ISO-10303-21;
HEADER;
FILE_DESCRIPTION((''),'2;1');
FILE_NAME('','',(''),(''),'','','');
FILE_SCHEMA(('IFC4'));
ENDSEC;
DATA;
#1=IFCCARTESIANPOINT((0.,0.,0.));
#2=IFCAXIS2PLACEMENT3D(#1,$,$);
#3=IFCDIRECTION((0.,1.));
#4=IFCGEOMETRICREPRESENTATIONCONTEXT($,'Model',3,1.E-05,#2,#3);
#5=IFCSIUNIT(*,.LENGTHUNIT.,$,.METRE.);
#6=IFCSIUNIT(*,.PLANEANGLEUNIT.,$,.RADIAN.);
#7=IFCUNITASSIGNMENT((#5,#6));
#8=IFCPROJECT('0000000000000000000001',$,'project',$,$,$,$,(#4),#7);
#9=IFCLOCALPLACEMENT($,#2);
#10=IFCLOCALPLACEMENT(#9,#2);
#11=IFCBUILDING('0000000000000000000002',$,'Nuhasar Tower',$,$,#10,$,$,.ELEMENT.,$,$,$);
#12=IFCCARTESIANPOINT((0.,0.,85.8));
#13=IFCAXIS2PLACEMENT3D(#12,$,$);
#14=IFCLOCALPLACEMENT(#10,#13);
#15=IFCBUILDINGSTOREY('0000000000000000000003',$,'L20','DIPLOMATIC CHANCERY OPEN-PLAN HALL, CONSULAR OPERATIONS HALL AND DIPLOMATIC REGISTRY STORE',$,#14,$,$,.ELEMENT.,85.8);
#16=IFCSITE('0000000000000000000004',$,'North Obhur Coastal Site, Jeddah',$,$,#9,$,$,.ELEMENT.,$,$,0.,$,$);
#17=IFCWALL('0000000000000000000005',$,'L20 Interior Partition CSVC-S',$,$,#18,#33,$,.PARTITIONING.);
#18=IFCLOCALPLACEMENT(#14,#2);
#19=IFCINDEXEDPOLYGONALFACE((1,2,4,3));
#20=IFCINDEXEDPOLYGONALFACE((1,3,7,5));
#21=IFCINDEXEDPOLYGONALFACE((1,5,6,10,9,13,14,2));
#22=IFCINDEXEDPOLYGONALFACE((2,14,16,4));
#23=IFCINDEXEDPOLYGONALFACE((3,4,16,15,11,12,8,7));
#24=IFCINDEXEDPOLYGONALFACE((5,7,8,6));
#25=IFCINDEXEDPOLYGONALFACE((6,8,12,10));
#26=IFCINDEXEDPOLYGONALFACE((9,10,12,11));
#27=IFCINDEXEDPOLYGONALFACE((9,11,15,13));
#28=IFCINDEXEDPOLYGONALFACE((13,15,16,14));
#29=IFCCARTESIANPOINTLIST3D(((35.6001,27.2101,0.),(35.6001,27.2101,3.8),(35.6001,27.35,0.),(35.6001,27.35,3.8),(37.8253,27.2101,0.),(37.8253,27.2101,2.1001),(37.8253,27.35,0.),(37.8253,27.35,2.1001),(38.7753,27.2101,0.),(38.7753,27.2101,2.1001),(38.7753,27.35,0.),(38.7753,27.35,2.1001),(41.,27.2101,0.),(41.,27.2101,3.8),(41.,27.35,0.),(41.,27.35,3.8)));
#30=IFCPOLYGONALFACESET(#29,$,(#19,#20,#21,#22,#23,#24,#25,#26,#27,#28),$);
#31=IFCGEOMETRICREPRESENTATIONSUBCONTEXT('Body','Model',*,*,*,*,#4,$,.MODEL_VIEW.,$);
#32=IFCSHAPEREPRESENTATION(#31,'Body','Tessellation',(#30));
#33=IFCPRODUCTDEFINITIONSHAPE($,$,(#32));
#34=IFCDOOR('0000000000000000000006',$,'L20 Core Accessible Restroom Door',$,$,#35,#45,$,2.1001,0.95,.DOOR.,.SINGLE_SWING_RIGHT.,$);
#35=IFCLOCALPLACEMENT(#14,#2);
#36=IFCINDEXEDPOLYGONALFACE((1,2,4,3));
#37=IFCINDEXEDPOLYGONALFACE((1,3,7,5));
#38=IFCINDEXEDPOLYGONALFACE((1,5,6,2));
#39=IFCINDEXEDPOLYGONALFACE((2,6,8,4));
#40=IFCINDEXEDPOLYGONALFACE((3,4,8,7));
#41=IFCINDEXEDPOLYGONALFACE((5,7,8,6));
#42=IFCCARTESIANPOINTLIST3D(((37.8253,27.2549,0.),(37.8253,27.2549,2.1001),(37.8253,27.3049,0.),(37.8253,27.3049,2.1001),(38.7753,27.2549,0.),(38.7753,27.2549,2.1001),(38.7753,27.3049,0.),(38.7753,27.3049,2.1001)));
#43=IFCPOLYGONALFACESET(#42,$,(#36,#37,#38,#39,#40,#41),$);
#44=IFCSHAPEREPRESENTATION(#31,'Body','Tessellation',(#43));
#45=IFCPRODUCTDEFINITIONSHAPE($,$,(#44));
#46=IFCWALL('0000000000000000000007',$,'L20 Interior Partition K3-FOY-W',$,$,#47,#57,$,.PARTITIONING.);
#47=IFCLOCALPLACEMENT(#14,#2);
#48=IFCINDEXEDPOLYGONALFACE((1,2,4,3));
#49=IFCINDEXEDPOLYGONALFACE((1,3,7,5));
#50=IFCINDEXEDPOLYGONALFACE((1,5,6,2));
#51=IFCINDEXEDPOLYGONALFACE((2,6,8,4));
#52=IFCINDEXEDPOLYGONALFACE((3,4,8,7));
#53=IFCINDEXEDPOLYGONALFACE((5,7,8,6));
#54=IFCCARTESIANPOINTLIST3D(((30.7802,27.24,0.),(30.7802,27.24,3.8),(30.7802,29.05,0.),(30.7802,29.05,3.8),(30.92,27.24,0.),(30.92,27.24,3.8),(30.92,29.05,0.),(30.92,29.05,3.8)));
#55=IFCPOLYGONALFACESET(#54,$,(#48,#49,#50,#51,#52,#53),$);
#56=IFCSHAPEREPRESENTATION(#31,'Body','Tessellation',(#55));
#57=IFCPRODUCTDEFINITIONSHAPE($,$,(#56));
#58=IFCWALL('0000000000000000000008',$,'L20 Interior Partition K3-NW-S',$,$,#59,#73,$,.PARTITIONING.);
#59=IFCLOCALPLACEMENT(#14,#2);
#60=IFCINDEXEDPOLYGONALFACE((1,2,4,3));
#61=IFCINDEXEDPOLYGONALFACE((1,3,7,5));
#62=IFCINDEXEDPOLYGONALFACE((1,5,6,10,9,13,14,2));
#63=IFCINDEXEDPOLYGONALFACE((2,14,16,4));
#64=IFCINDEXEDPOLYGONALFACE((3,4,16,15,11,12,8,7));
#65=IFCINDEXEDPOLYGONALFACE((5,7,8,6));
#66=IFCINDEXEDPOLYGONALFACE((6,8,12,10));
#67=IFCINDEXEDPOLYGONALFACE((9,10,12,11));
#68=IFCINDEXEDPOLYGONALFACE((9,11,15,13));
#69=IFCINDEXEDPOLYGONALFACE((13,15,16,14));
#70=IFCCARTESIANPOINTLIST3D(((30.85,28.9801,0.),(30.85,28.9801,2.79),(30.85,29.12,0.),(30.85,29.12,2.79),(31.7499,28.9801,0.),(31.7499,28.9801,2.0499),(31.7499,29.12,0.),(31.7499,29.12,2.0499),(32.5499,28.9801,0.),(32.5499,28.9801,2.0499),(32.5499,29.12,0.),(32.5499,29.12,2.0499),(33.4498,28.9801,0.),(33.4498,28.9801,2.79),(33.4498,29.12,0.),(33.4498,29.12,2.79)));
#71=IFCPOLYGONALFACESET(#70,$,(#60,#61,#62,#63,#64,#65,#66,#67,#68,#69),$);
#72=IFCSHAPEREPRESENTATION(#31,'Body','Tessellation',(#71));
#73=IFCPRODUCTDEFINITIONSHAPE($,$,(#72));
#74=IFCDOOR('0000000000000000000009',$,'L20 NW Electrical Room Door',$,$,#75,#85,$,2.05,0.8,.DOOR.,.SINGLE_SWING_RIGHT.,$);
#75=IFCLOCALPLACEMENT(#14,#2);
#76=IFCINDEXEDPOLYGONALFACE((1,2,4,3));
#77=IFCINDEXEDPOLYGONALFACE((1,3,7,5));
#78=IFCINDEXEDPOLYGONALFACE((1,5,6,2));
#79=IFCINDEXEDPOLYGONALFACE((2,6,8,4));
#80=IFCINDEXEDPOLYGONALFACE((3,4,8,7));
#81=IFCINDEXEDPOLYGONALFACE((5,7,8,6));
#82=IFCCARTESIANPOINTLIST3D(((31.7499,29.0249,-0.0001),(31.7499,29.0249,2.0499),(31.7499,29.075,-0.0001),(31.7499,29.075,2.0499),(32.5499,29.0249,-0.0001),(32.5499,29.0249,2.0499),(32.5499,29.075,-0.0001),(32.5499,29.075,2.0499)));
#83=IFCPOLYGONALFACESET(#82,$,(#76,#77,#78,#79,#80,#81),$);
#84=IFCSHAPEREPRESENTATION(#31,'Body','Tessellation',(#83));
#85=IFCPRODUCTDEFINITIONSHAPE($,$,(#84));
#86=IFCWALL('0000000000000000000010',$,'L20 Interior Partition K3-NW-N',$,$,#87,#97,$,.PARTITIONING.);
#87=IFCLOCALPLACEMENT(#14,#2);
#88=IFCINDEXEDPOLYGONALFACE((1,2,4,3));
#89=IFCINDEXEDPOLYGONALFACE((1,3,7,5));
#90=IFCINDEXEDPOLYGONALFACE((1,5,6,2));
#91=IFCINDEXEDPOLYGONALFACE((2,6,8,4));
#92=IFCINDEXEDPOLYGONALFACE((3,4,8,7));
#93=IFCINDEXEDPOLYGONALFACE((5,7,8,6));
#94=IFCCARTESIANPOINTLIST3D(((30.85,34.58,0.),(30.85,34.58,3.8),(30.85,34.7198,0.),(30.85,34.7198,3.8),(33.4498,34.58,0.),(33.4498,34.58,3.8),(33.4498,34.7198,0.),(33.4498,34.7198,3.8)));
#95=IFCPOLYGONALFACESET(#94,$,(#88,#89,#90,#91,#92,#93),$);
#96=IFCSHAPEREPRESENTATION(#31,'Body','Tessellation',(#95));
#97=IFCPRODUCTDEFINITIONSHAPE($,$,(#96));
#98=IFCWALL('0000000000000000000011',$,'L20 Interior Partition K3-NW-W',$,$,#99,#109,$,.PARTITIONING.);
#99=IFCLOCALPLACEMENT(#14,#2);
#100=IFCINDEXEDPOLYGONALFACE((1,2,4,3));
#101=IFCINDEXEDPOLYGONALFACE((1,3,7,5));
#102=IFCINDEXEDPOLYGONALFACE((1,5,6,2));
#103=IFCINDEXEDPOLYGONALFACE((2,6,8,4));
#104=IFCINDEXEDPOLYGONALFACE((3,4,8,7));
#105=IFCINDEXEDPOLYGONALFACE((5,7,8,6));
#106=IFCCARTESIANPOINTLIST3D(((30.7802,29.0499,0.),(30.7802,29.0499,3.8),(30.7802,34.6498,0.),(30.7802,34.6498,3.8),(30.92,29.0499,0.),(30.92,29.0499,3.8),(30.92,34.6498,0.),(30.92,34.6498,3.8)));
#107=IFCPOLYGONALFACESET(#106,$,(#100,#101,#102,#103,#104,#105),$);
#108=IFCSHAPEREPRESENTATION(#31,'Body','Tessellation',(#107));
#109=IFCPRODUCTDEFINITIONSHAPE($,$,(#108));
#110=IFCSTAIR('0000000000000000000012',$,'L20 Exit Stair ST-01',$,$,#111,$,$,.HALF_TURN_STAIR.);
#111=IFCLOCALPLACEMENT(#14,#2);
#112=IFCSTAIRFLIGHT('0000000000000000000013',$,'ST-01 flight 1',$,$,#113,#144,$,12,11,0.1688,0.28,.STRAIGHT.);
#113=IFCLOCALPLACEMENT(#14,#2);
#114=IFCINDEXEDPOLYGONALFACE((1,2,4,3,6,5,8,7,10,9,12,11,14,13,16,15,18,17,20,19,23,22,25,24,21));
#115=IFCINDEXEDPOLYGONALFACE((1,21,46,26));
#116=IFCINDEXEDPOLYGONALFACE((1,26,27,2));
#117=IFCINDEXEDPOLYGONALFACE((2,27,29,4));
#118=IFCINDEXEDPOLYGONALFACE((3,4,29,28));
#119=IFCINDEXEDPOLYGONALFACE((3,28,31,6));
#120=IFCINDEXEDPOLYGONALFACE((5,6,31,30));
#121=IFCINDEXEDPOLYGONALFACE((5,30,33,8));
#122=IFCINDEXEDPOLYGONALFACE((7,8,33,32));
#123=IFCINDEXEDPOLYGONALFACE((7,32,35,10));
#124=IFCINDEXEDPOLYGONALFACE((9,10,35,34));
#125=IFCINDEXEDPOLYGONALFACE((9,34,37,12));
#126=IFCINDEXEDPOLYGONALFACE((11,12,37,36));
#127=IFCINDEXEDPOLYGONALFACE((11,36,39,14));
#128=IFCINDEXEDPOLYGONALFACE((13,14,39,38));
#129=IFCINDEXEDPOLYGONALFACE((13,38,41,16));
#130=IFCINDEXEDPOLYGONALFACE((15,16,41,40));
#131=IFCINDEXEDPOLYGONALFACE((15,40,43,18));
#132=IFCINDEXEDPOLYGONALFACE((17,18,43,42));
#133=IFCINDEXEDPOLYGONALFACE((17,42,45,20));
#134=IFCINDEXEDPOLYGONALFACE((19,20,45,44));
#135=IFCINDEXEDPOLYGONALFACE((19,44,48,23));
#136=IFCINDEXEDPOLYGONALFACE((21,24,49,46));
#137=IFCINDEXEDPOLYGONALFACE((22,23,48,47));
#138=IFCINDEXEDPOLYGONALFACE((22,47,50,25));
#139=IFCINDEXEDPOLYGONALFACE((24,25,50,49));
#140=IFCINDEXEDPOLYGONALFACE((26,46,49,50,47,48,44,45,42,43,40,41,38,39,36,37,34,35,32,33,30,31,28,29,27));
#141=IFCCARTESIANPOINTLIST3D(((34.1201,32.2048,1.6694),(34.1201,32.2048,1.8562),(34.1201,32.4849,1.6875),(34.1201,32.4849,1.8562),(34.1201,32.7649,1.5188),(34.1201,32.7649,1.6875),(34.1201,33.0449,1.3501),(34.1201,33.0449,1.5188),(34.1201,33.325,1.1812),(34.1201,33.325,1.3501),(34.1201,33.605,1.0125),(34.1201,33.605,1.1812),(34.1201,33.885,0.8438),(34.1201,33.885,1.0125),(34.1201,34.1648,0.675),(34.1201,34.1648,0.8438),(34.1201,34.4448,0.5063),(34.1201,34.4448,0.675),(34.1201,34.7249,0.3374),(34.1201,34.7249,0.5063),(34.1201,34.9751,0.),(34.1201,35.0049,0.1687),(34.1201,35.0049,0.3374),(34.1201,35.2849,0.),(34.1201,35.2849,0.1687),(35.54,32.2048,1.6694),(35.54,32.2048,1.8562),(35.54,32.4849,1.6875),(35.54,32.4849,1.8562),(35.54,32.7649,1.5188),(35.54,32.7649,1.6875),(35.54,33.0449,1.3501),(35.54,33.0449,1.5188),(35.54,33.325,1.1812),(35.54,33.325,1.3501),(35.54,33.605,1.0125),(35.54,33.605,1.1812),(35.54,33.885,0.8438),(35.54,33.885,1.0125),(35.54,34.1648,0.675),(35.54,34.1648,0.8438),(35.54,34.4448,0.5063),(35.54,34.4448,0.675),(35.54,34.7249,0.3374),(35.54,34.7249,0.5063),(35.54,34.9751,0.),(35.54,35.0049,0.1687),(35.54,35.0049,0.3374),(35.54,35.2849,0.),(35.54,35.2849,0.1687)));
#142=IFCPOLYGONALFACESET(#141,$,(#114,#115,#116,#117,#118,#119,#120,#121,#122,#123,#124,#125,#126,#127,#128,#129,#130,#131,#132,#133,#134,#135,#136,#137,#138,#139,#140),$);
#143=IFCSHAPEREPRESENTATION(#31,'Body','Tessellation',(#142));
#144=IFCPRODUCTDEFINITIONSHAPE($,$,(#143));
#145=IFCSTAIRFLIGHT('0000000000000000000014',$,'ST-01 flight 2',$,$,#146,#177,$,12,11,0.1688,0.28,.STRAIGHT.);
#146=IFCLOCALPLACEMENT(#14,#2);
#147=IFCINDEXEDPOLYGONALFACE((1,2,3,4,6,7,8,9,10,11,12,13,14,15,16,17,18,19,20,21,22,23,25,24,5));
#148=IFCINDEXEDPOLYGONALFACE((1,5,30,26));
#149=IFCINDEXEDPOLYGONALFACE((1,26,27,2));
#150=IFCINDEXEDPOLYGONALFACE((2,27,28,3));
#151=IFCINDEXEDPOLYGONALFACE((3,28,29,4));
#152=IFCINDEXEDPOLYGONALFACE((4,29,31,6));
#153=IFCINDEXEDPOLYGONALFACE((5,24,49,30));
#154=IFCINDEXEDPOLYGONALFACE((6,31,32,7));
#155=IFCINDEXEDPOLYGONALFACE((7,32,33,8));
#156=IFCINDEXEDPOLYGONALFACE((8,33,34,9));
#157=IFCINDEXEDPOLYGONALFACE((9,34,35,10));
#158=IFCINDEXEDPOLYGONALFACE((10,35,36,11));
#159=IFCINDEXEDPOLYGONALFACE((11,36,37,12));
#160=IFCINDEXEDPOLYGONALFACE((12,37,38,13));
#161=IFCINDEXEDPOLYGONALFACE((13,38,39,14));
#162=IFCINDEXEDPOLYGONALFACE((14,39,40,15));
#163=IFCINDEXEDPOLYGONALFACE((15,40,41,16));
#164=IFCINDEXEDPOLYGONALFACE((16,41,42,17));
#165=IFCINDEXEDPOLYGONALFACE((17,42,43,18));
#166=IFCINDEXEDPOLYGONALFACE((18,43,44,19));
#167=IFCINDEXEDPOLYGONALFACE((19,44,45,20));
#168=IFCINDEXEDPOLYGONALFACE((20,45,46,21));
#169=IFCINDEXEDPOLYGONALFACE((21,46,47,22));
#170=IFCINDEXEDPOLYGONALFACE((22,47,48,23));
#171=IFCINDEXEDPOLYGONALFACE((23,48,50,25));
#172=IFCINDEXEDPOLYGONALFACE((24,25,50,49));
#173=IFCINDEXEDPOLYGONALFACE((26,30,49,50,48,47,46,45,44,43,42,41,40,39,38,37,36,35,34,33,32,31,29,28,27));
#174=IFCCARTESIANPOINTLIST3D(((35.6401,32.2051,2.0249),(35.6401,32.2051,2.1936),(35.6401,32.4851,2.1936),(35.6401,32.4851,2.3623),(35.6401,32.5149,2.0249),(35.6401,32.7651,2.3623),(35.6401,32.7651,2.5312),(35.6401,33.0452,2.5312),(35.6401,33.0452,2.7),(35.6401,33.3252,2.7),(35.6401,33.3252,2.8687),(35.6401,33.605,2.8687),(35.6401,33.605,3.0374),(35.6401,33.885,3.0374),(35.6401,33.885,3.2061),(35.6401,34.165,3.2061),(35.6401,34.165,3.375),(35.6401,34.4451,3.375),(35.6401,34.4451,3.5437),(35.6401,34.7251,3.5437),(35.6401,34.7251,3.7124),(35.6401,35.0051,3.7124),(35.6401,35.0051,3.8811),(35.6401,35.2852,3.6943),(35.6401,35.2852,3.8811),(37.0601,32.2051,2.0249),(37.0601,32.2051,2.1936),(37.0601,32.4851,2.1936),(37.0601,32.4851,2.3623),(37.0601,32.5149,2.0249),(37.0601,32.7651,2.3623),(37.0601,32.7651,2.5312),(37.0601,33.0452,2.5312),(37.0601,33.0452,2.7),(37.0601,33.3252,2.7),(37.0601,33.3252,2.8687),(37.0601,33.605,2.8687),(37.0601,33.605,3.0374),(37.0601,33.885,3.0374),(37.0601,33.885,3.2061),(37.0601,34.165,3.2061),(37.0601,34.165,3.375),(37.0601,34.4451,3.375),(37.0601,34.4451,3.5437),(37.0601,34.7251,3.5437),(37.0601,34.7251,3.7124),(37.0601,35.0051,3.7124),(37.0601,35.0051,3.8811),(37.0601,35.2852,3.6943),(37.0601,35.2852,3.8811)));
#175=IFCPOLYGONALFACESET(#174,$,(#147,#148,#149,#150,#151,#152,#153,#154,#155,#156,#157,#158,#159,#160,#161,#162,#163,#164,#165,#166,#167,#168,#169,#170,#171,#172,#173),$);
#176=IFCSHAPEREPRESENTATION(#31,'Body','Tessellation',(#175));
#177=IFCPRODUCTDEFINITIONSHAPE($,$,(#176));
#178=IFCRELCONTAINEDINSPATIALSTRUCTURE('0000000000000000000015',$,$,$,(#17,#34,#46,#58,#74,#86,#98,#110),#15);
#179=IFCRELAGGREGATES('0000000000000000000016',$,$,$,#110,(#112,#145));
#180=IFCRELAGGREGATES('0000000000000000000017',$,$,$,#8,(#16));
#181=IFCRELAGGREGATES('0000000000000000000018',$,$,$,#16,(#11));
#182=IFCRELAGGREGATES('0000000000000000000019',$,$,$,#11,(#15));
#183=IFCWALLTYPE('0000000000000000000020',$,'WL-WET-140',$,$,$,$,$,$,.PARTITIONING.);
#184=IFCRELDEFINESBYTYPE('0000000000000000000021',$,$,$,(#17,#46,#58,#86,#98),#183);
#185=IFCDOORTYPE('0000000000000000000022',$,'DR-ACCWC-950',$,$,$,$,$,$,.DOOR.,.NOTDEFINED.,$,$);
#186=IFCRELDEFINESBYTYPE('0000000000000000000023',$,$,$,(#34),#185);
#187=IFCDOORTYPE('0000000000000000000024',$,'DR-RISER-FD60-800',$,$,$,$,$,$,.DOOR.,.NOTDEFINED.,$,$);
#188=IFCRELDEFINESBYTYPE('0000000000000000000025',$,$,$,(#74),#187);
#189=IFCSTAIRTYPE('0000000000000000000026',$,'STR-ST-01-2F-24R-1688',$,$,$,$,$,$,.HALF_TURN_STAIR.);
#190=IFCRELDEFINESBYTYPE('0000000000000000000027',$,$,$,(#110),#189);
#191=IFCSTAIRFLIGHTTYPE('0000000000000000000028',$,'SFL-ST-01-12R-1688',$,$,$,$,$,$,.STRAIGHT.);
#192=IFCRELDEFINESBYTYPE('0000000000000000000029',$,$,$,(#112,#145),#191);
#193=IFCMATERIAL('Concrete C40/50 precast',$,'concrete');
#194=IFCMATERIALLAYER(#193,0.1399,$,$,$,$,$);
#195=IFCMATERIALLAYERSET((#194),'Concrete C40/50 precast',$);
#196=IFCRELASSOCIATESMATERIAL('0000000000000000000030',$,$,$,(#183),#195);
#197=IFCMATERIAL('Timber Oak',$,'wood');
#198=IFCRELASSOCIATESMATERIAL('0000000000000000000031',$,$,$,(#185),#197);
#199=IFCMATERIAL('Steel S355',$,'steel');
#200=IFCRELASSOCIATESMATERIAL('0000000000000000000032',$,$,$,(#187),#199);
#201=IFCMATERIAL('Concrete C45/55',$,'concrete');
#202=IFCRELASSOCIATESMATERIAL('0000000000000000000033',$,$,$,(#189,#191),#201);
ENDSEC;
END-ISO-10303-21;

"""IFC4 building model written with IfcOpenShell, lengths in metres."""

from ifc_helpers import new_model, si_unit, direction, frame, frame_2d, origin, place, context, subcontext, project, spatial, polyline, rectangle, outline, extrude, material, layer, layer_set, type_object, element, fill, aggregate, save


model = new_model("IFC4")

# Units and contexts
model_context = context("Model", 3, precision=1e-05, world=origin(), true_north=direction((0.0, 1.0)))
body_context = subcontext(model_context, "Body", "Model", "MODEL_VIEW")
ifc_project = project(units=[si_unit("LENGTHUNIT", "METRE"), si_unit("PLANEANGLEUNIT", "RADIAN")], contexts=[model_context])

# Site, building, storey
site_placement = place(None, origin())
site = spatial("IfcSite", under=ifc_project, at=site_placement, Name="North Obhur Coastal Site, Jeddah", CompositionType="ELEMENT", RefElevation=0.0)
building_placement = place(site_placement, origin())
building = spatial("IfcBuilding", under=site, at=building_placement, Name="Nuhasar Tower", CompositionType="ELEMENT")
storey_placement = place(building_placement, frame((0.0, 0.0, 85.8)))
storey = spatial("IfcBuildingStorey", under=building, at=storey_placement, Name="L20", Description="DIPLOMATIC CHANCERY OPEN-PLAN HALL, CONSULAR OPERATIONS HALL AND DIPLOMATIC REGISTRY STORE", CompositionType="ELEMENT", Elevation=85.8)

# Shared definitions
ifc_material_1 = material(Name="Steel S355", Category="steel")

# Shared definitions
ifc_material_2 = material(Name="Concrete C40/50 precast", Category="concrete")
ifc_layer_1 = layer(ifc_material_2, 0.1399)
ifc_layer_set_1 = layer_set([ifc_layer_1], Name="Concrete C40/50 precast")
wall_type_1 = type_object("IfcWallType", Name="WL-WET-140", PredefinedType="PARTITIONING", material=ifc_layer_set_1)

# Wall, opening, door
wall_1_placement = place(storey_placement, frame((35.6001, 27.28, 0.0), z_axis=(0.0, 0.0, 1.0), x_axis=(1.0, 0.0, 0.0)))
wall_1 = element("IfcWall", 1, at=wall_1_placement, inside=storey, type_object=wall_type_1, Name="L20 Interior Partition CSVC-S", PredefinedType="PARTITIONING", context=body_context, shape_type="SweptSolid", body=[
    extrude(rectangle(XDim=5.3999, YDim=0.1399, at=frame_2d((2.7, 0.0))), origin(), (0.0, 0.0, 1.0), 3.8),
])
opening_1_placement = place(wall_1_placement, frame((2.2251, 0.0, 0.0)))
opening_1 = element("IfcOpeningElement", 2, at=opening_1_placement, cuts=wall_1, PredefinedType="OPENING", context=body_context, shape_type="SweptSolid", body=[
    extrude(rectangle(XDim=0.95, YDim=2.1001, at=frame_2d((0.4751, 1.05))), frame((0.0, 0.0801, 0.0), z_axis=(0.0, -1.0, 0.0), x_axis=(1.0, 0.0, 0.0)), (0.0, 0.0, 1.0), 0.1599),
])
ifc_material_3 = material(Name="Timber Oak", Category="wood")
door_type_1 = type_object("IfcDoorType", Name="DR-ACCWC-950", OperationType="NOTDEFINED", PredefinedType="DOOR", material=ifc_material_3)
door_1_placement = place(opening_1_placement, origin())
door_1 = element("IfcDoor", 3, at=door_1_placement, inside=storey, type_object=door_type_1, Name="L20 Core Accessible Restroom Door", OperationType="SINGLE_SWING_RIGHT", OverallHeight=2.1001, OverallWidth=0.95, PredefinedType="DOOR", context=body_context, shape_type="SweptSolid", body=[
    extrude(rectangle(XDim=0.95, YDim=2.1001, at=frame_2d((0.4751, 1.05))), frame((0.0, 0.0249, 0.0), z_axis=(0.0, -1.0, 0.0), x_axis=(1.0, 0.0, 0.0)), (0.0, 0.0, 1.0), 0.05),
])
fill(opening_1, door_1)

# Wall
wall_2_placement = place(storey_placement, frame((30.8501, 27.24, 0.0), z_axis=(0.0, 0.0, 1.0), x_axis=(0.0, 1.0, 0.0)))
element("IfcWall", 4, at=wall_2_placement, inside=storey, type_object=wall_type_1, Name="L20 Interior Partition K3-FOY-W", PredefinedType="PARTITIONING", context=body_context, shape_type="SweptSolid", body=[
    extrude(rectangle(XDim=1.8101, YDim=0.1399, at=frame_2d((0.905, 0.0))), origin(), (0.0, 0.0, 1.0), 3.8),
])

# Wall, opening, door
wall_3_placement = place(storey_placement, frame((30.8501, 29.05, 0.0), z_axis=(0.0, 0.0, 1.0), x_axis=(1.0, 0.0, 0.0)))
wall_3 = element("IfcWall", 5, at=wall_3_placement, inside=storey, type_object=wall_type_1, Name="L20 Interior Partition K3-NW-S", PredefinedType="PARTITIONING", context=body_context, shape_type="SweptSolid", body=[
    extrude(rectangle(XDim=2.5999, YDim=0.1399, at=frame_2d((1.2998, 0.0))), origin(), (0.0, 0.0, 1.0), 2.79),
])
opening_2_placement = place(wall_3_placement, frame((0.8999, 0.0, 0.0)))
opening_2 = element("IfcOpeningElement", 6, at=opening_2_placement, cuts=wall_3, PredefinedType="OPENING", context=body_context, shape_type="SweptSolid", body=[
    extrude(rectangle(XDim=0.8, YDim=2.05, at=frame_2d((0.3999, 1.0249))), frame((0.0, 0.0801, 0.0), z_axis=(0.0, -1.0, 0.0), x_axis=(1.0, 0.0, 0.0)), (0.0, 0.0, 1.0), 0.1599),
])
door_type_2 = type_object("IfcDoorType", Name="DR-RISER-FD60-800", OperationType="NOTDEFINED", PredefinedType="DOOR", material=ifc_material_1)
door_2_placement = place(opening_2_placement, origin())
door_2 = element("IfcDoor", 7, at=door_2_placement, inside=storey, type_object=door_type_2, Name="L20 NW Electrical Room Door", OperationType="SINGLE_SWING_RIGHT", OverallHeight=2.05, OverallWidth=0.8, PredefinedType="DOOR", context=body_context, shape_type="SweptSolid", body=[
    extrude(rectangle(XDim=0.8, YDim=2.05, at=frame_2d((0.3999, 1.0249))), frame((0.0, 0.0249, 0.0), z_axis=(0.0, -1.0, 0.0), x_axis=(1.0, 0.0, 0.0)), (0.0, 0.0, 1.0), 0.05),
])
fill(opening_2, door_2)

# Walls
wall_4_placement = place(storey_placement, frame((30.8501, 34.6499, 0.0), z_axis=(0.0, 0.0, 1.0), x_axis=(1.0, 0.0, 0.0)))
element("IfcWall", 8, at=wall_4_placement, inside=storey, type_object=wall_type_1, Name="L20 Interior Partition K3-NW-N", PredefinedType="PARTITIONING", context=body_context, shape_type="SweptSolid", body=[
    extrude(rectangle(XDim=2.5999, YDim=0.1399, at=frame_2d((1.2998, 0.0))), origin(), (0.0, 0.0, 1.0), 3.8),
])
wall_5_placement = place(storey_placement, frame((30.8501, 29.05, 0.0), z_axis=(0.0, 0.0, 1.0), x_axis=(0.0, 1.0, 0.0)))
element("IfcWall", 9, at=wall_5_placement, inside=storey, type_object=wall_type_1, Name="L20 Interior Partition K3-NW-W", PredefinedType="PARTITIONING", context=body_context, shape_type="SweptSolid", body=[
    extrude(rectangle(XDim=5.5999, YDim=0.1399, at=frame_2d((2.7998, 0.0))), origin(), (0.0, 0.0, 1.0), 3.8),
])

# Stair, stair flights
ifc_material_4 = material(Name="Concrete C45/55", Category="concrete")
stair_type_1 = type_object("IfcStairType", Name="STR-ST-01-2F-24R-1688", PredefinedType="HALF_TURN_STAIR", material=ifc_material_4)
stair_1_placement = place(storey_placement, origin())
stair_1 = element("IfcStair", 10, at=stair_1_placement, inside=storey, type_object=stair_type_1, Name="L20 Exit Stair ST-01", PredefinedType="HALF_TURN_STAIR")
stair_flight_type_1 = type_object("IfcStairFlightType", Name="SFL-ST-01-12R-1688", PredefinedType="STRAIGHT", material=ifc_material_4)
stair_flight_1_placement = place(storey_placement, frame((34.8301, 35.2849, 0.0), z_axis=(0.0, 0.0, 1.0), x_axis=(0.0, -1.0, 0.0)))
stair_flight_1 = element("IfcStairFlight", 11, at=stair_flight_1_placement, type_object=stair_flight_type_1, Name="ST-01 flight 1", NumberOfRisers=12, NumberOfTreads=11, PredefinedType="STRAIGHT", RiserHeight=0.1688, TreadLength=0.28, context=body_context, shape_type="SweptSolid", body=[
    extrude(outline(polyline([(0.0, 0.0), (0.0, 0.1687), (0.28, 0.1687), (0.28, 0.3374), (0.5601, 0.3374), (0.5601, 0.5063), (0.8401, 0.5063), (0.8401, 0.675), (1.1201, 0.675), (1.1201, 0.8438), (1.3999, 0.8438), (1.3999, 1.0125), (1.6799, 1.0125), (1.6799, 1.1812), (1.96, 1.1812), (1.96, 1.3501), (2.24, 1.3501), (2.24, 1.5188), (2.52, 1.5188), (2.52, 1.6875), (2.8, 1.6875), (2.8, 1.8562), (3.0801, 1.8562), (3.0801, 2.0249), (3.0801, 1.6694), (0.3098, 0.0), (0.0, 0.0)])), frame((0.0, 0.71, 0.0), z_axis=(0.0, -1.0, 0.0), x_axis=(1.0, 0.0, 0.0)), (0.0, 0.0, 1.0), 1.4199),
])
stair_flight_2_placement = place(storey_placement, frame((36.3501, 32.2051, 2.0249), z_axis=(0.0, 0.0, 1.0), x_axis=(0.0, 1.0, 0.0)))
stair_flight_2 = element("IfcStairFlight", 12, at=stair_flight_2_placement, type_object=stair_flight_type_1, Name="ST-01 flight 2", NumberOfRisers=12, NumberOfTreads=11, PredefinedType="STRAIGHT", RiserHeight=0.1688, TreadLength=0.28, context=body_context, shape_type="SweptSolid", body=[
    extrude(outline(polyline([(0.0, 0.0), (0.0, 0.1687), (0.28, 0.1687), (0.28, 0.3374), (0.5601, 0.3374), (0.5601, 0.5063), (0.8401, 0.5063), (0.8401, 0.675), (1.1201, 0.675), (1.1201, 0.8438), (1.3999, 0.8438), (1.3999, 1.0125), (1.6799, 1.0125), (1.6799, 1.1812), (1.96, 1.1812), (1.96, 1.3501), (2.24, 1.3501), (2.24, 1.5188), (2.52, 1.5188), (2.52, 1.6875), (2.8, 1.6875), (2.8, 1.8562), (3.0801, 1.8562), (3.0801, 2.0249), (3.0801, 1.6694), (0.3098, 0.0), (0.0, 0.0)])), frame((0.0, 0.71, 0.0), z_axis=(0.0, -1.0, 0.0), x_axis=(1.0, 0.0, 0.0)), (0.0, 0.0, 1.0), 1.4199),
])
aggregate(stair_1, [stair_flight_1, stair_flight_2])

save(model, "model.ifc")
